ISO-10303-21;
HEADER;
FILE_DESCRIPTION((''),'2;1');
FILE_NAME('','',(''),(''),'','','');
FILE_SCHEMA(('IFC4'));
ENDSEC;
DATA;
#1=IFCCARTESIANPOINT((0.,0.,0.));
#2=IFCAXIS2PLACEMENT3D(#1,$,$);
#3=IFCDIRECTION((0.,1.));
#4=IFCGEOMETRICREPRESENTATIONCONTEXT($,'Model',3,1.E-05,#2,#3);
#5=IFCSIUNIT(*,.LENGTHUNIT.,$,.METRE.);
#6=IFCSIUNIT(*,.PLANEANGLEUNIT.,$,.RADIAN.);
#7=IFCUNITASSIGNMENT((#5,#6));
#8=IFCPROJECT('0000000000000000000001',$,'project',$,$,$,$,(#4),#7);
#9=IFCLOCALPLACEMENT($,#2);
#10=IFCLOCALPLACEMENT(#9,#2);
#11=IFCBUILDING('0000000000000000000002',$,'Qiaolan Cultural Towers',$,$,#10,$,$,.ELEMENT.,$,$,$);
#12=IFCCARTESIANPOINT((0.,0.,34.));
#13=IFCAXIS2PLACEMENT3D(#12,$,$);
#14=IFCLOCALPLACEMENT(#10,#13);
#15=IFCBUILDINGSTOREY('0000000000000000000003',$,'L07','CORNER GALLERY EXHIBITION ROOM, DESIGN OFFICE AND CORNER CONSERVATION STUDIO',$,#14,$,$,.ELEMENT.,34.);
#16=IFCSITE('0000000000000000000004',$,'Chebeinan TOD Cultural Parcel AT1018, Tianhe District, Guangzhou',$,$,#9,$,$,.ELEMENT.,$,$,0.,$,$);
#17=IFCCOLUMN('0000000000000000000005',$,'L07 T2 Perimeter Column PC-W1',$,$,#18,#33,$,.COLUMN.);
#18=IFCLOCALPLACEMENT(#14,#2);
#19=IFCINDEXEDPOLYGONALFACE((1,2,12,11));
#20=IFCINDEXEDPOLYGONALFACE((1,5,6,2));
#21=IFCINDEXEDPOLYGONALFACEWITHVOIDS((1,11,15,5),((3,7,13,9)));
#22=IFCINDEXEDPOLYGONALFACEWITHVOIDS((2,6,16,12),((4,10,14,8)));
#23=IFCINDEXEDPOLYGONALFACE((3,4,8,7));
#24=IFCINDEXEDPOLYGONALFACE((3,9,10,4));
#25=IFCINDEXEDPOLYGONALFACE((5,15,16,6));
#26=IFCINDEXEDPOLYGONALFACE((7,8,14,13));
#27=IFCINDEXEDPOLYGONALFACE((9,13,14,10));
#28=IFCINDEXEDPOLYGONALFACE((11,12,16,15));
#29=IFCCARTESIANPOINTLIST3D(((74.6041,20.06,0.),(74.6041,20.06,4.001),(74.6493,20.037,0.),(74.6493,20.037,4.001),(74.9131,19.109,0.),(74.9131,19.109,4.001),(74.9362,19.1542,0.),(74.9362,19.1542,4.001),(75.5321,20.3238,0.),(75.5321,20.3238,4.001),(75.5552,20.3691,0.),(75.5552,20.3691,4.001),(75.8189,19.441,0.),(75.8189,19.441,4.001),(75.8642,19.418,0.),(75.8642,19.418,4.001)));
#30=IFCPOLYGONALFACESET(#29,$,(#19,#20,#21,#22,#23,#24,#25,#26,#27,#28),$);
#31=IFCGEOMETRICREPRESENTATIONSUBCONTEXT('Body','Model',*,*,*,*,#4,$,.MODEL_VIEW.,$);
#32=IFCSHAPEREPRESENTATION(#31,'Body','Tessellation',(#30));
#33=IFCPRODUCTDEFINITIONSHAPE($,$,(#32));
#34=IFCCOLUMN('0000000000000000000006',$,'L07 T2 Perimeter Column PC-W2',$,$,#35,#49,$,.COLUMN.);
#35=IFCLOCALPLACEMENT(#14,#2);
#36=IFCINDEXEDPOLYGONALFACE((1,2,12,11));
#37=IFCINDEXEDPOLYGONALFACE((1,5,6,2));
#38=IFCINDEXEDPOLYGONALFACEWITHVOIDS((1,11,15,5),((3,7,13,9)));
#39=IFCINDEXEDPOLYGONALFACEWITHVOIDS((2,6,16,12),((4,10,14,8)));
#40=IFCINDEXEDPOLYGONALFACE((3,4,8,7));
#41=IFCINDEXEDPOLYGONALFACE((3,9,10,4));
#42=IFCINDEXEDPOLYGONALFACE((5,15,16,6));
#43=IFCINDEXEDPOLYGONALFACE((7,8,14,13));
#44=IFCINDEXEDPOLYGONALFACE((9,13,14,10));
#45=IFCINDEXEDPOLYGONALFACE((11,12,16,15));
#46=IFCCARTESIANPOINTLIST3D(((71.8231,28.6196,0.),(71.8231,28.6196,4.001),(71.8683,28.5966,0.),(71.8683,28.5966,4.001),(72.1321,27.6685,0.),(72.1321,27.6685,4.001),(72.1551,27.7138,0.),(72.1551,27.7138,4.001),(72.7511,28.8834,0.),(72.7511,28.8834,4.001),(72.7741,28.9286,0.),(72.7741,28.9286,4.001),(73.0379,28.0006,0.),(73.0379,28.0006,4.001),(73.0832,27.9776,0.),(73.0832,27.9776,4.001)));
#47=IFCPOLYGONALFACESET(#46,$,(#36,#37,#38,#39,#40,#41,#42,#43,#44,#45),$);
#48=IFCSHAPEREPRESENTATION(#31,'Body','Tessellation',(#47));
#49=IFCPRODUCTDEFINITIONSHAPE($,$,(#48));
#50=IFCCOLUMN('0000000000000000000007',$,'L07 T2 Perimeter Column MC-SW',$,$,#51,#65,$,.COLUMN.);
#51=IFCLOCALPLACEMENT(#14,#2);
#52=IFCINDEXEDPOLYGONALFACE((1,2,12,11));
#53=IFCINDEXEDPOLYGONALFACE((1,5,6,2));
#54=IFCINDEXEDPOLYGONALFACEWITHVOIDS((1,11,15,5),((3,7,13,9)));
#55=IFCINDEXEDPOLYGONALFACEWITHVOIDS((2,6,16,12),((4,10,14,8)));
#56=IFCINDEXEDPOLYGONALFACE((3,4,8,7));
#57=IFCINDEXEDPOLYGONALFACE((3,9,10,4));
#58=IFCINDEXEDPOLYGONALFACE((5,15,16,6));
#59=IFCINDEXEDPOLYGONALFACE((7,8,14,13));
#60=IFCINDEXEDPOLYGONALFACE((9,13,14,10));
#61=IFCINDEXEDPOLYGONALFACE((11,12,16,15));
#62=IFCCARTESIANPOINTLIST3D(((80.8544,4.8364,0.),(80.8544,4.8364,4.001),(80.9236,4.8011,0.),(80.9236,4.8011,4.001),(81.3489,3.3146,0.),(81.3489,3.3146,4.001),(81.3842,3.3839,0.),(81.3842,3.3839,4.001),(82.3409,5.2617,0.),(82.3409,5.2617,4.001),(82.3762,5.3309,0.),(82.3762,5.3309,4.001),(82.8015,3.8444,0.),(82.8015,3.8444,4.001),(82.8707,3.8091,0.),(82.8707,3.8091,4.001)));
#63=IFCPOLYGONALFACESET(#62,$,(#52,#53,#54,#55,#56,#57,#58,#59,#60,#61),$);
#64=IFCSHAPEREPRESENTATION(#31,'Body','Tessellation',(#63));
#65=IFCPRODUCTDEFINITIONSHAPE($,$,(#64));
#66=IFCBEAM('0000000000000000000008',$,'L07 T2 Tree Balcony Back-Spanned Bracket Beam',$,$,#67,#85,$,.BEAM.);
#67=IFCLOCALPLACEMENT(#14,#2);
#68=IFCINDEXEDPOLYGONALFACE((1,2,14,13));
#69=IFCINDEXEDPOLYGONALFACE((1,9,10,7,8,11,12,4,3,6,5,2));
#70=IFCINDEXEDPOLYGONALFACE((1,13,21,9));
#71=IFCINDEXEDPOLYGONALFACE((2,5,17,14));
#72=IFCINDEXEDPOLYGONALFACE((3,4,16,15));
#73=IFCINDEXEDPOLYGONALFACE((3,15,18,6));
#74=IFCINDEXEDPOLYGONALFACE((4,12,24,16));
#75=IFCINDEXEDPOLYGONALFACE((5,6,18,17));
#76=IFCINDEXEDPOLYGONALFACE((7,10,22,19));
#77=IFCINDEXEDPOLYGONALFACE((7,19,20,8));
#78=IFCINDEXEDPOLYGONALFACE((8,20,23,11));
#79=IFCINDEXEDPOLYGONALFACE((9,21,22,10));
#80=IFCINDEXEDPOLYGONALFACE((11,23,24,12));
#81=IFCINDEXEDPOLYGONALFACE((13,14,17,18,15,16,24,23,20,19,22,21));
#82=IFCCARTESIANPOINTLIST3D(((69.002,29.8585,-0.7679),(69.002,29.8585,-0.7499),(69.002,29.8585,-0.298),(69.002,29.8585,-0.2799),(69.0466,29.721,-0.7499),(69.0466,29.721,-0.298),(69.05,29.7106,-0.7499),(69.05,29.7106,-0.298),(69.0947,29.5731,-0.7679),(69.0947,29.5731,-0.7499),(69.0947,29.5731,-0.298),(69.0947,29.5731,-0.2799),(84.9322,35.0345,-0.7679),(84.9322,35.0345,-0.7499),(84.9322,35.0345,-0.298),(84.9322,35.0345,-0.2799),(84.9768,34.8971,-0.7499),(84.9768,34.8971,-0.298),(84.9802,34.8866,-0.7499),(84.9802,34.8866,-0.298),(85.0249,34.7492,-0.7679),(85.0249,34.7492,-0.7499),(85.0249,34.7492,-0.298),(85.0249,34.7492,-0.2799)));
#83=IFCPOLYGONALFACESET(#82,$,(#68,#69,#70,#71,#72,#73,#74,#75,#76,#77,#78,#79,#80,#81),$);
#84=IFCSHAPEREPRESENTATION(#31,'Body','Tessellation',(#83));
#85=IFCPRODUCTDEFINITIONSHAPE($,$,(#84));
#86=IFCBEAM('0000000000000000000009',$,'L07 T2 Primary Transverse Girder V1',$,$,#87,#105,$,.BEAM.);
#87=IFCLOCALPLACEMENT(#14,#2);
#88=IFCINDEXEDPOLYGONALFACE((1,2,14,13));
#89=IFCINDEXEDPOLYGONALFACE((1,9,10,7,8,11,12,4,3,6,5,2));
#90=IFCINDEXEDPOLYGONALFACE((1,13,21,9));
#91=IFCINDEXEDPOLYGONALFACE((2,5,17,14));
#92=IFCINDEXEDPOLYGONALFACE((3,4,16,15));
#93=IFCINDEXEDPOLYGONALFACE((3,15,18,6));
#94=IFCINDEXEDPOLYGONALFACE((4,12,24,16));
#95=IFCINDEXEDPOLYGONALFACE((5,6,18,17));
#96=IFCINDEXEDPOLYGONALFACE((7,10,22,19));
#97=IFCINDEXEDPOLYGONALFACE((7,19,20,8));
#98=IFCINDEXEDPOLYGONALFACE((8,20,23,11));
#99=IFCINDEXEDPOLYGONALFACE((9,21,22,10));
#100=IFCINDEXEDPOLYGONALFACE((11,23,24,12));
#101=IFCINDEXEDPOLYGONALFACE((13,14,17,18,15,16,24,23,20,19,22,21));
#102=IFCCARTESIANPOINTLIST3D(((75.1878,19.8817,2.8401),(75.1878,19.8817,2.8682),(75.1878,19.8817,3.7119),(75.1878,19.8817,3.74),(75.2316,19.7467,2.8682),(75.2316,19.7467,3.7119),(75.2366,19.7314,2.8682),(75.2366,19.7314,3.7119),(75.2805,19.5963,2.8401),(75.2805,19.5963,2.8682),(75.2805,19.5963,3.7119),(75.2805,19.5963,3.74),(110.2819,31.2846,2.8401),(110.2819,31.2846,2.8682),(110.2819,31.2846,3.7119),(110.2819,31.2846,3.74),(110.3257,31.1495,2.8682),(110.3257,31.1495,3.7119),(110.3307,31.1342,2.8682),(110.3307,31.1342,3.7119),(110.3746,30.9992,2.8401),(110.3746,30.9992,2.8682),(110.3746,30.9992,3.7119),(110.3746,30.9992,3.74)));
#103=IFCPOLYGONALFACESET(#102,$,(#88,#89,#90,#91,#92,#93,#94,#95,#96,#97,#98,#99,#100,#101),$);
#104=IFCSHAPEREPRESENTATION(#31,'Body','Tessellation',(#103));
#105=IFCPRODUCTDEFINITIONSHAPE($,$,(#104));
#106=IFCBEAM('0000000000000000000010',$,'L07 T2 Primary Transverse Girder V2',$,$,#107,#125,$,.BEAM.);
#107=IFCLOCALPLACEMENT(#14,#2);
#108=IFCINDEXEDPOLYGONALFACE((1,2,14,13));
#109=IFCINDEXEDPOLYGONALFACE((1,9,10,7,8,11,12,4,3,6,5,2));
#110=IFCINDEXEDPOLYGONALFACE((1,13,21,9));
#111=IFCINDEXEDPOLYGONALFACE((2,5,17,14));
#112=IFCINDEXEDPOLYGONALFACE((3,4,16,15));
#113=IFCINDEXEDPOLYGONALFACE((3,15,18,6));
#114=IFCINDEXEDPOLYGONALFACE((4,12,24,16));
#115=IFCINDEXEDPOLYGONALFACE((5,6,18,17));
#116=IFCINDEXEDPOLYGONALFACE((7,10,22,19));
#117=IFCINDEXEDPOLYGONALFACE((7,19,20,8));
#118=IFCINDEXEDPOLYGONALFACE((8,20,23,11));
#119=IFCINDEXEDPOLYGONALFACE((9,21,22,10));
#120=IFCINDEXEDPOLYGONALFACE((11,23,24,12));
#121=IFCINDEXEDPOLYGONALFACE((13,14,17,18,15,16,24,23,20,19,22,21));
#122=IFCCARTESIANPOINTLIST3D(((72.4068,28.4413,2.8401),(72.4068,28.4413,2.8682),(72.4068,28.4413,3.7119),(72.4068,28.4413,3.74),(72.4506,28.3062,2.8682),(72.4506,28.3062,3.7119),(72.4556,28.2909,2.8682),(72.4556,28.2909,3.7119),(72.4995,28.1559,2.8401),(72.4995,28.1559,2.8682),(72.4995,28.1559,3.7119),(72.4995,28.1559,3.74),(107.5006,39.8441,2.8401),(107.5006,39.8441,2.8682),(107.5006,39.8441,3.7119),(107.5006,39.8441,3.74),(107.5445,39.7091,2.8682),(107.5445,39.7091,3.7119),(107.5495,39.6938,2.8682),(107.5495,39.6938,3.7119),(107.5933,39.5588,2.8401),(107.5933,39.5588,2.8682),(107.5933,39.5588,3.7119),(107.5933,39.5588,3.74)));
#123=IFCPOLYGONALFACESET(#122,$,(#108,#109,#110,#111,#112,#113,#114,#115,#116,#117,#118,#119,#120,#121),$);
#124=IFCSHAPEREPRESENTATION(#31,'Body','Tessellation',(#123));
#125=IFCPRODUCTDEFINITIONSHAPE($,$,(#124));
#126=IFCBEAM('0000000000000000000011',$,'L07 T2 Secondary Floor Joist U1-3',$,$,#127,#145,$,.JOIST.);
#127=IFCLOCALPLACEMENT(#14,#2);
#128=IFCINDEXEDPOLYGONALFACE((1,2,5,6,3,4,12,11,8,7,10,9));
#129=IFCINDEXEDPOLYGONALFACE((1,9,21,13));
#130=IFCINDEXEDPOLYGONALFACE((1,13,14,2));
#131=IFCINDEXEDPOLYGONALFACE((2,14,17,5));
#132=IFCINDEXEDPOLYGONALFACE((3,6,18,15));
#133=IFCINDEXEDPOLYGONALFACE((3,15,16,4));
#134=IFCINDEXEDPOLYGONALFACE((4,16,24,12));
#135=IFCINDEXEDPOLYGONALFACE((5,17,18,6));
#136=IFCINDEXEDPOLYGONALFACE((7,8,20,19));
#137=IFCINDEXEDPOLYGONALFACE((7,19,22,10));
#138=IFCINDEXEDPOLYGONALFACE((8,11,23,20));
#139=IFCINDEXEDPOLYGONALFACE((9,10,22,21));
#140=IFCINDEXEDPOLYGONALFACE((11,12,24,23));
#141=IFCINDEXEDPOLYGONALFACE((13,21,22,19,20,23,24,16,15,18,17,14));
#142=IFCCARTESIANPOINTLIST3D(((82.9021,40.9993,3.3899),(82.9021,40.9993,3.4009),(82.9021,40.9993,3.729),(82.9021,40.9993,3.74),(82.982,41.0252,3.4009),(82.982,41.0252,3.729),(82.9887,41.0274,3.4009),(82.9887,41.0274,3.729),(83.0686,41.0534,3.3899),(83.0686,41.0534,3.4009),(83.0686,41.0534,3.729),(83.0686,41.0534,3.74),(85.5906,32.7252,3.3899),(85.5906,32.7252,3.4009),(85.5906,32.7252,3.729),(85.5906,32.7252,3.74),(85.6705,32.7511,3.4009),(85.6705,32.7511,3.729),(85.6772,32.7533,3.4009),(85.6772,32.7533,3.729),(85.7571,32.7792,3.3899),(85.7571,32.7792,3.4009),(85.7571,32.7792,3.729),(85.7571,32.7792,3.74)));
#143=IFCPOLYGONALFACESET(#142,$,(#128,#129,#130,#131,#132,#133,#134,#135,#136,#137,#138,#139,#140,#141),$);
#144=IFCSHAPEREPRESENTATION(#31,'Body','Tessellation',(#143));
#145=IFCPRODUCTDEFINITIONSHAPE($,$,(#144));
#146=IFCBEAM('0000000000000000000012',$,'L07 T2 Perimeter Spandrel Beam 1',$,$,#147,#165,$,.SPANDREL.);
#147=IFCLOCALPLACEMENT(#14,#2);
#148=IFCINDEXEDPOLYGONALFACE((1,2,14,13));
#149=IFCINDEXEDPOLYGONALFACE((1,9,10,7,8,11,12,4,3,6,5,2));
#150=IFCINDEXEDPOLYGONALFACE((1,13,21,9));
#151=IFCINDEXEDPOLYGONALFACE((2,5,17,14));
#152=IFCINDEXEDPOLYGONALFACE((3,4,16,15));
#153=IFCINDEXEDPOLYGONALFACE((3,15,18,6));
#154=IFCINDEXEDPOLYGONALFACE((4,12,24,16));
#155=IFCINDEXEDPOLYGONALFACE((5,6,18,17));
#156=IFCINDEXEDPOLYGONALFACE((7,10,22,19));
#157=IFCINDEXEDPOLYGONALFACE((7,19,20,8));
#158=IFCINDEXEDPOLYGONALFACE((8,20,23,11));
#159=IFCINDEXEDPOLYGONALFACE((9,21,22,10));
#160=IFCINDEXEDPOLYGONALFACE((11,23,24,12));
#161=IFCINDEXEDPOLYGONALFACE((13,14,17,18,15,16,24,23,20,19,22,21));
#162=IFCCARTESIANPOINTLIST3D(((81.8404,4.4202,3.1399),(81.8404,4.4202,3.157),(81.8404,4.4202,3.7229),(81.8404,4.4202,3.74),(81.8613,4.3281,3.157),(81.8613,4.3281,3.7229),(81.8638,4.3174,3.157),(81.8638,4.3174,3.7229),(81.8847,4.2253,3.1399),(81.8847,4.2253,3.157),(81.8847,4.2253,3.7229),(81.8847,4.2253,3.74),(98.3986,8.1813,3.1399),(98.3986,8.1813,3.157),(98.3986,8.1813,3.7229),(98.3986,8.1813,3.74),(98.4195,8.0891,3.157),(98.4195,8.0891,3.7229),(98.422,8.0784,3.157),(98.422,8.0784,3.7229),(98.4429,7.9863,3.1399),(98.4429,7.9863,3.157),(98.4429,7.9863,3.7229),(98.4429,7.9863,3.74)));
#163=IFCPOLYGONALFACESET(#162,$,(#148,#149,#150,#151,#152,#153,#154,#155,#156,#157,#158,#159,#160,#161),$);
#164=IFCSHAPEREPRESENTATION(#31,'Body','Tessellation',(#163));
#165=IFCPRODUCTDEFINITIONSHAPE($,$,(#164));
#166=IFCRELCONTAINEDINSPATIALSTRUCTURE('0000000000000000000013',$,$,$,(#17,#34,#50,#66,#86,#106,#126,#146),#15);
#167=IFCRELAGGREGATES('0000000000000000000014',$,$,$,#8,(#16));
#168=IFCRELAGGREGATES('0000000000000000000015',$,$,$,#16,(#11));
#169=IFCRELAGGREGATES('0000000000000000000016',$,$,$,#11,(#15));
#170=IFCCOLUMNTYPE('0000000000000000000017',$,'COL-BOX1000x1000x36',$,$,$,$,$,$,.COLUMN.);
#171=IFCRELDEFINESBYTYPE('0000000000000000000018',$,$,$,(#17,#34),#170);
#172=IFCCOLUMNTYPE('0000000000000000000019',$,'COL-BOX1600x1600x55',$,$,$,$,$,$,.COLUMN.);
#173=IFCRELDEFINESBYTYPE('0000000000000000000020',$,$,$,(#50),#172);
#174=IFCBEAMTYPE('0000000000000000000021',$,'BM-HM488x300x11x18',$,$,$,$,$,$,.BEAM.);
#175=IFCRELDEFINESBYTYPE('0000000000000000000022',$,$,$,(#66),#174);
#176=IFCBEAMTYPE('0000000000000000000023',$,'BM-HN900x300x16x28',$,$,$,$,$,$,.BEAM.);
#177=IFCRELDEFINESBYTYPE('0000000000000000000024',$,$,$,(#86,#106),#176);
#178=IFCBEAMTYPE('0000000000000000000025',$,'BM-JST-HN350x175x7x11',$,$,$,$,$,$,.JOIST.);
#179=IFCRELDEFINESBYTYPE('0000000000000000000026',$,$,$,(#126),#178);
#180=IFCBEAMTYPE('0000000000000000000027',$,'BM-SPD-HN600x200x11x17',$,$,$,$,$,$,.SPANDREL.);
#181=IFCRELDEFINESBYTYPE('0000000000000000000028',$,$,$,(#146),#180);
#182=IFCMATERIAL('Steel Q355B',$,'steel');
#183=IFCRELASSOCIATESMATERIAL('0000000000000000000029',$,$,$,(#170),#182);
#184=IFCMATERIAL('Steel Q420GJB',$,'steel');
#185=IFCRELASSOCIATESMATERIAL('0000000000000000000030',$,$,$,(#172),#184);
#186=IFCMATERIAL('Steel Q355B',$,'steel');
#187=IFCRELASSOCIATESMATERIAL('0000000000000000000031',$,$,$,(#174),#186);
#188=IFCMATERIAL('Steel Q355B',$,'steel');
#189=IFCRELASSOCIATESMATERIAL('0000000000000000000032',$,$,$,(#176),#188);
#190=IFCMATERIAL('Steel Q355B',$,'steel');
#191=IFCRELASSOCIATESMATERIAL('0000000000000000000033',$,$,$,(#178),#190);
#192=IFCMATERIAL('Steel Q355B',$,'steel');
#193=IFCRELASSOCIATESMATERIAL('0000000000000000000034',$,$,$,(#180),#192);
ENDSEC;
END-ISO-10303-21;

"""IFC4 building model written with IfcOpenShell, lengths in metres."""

from ifc_helpers import new_model, si_unit, direction, frame, origin, origin_2d, place, context, subcontext, project, spatial, hollow_rectangle, i_section, extrude, material, material_profile, profile_set, type_object, element, save


model = new_model("IFC4")

# Units and contexts
model_context = context("Model", 3, precision=1e-05, world=origin(), true_north=direction((0.0, 1.0)))
body_context = subcontext(model_context, "Body", "Model", "MODEL_VIEW")
ifc_project = project(units=[si_unit("LENGTHUNIT", "METRE"), si_unit("PLANEANGLEUNIT", "RADIAN")], contexts=[model_context])

# Site, building, storey
site_placement = place(None, origin())
site = spatial("IfcSite", under=ifc_project, at=site_placement, Name="Chebeinan TOD Cultural Parcel AT1018, Tianhe District, Guangzhou", CompositionType="ELEMENT", RefElevation=0.0)
building_placement = place(site_placement, origin())
building = spatial("IfcBuilding", under=site, at=building_placement, Name="Qiaolan Cultural Towers", CompositionType="ELEMENT")
storey_placement = place(building_placement, frame((0.0, 0.0, 34.0)))
storey = spatial("IfcBuildingStorey", under=building, at=storey_placement, Name="L07", Description="CORNER GALLERY EXHIBITION ROOM, DESIGN OFFICE AND CORNER CONSERVATION STUDIO", CompositionType="ELEMENT", Elevation=34.0)

# Columns
ifc_material_1 = material(Name="Steel Q355B", Category="steel")
ifc_material_profile_1 = material_profile(ifc_material_1, hollow_rectangle(XDim=1.0, YDim=1.0, WallThickness=0.0359, at=origin_2d()), Name="BOX1000x1000x36")
ifc_profile_set_1 = profile_set([ifc_material_profile_1], Name="Steel Q355B")
column_type_1 = type_object("IfcColumnType", Name="COL-BOX1000x1000x36", PredefinedType="COLUMN", material=ifc_profile_set_1)
for number, where, z_axis, x_axis, name in (
    (1, (75.2341, 19.739, 0.0), (0.0, 0.0, 1.0), (0.951057, 0.309017, 0.0), "L07 T2 Perimeter Column PC-W1"),
    (2, (72.4531, 28.2986, 0.0), (0.0, 0.0, 1.0), (0.951057, 0.309017, 0.0), "L07 T2 Perimeter Column PC-W2"),
):
    element("IfcColumn", number, at=place(storey_placement, frame(where, z_axis=z_axis, x_axis=x_axis)), inside=storey, type_object=column_type_1, Name=name, PredefinedType="COLUMN", context=body_context, shape_type="SweptSolid", body=[
        extrude(hollow_rectangle(XDim=1.0, YDim=1.0, WallThickness=0.0359, at=origin_2d()), origin(), (0.0, 0.0, 1.0), 4.001),
    ])
ifc_material_2 = material(Name="Steel Q420GJB", Category="steel")
ifc_material_profile_2 = material_profile(ifc_material_2, hollow_rectangle(XDim=1.6001, YDim=1.6001, WallThickness=0.0549, at=origin_2d()), Name="BOX1600x1600x55")
ifc_profile_set_2 = profile_set([ifc_material_profile_2], Name="Steel Q420GJB")
column_type_2 = type_object("IfcColumnType", Name="COL-BOX1600x1600x55", PredefinedType="COLUMN", material=ifc_profile_set_2)
column_placement = place(storey_placement, frame((81.8625, 4.3228, 0.0), z_axis=(0.0, 0.0, 1.0), x_axis=(0.951057, 0.309017, 0.0)))
element("IfcColumn", 3, at=column_placement, inside=storey, type_object=column_type_2, Name="L07 T2 Perimeter Column MC-SW", PredefinedType="COLUMN", context=body_context, shape_type="SweptSolid", body=[
    extrude(hollow_rectangle(XDim=1.6001, YDim=1.6001, WallThickness=0.0549, at=origin_2d()), origin(), (0.0, 0.0, 1.0), 4.001),
])

# Beams
ifc_material_3 = material(Name="Steel Q355B", Category="steel")
ifc_material_profile_3 = material_profile(ifc_material_3, i_section(OverallWidth=0.3, OverallDepth=0.488, WebThickness=0.011, FlangeThickness=0.0181, at=origin_2d()), Name="HM488x300x11x18")
ifc_profile_set_3 = profile_set([ifc_material_profile_3], Name="Steel Q355B")
beam_type_1 = type_object("IfcBeamType", Name="BM-HM488x300x11x18", PredefinedType="BEAM", material=ifc_profile_set_3)
beam_1_placement = place(storey_placement, frame((84.9785, 34.8918, -0.5239), z_axis=(-0.951057, -0.309017, 0.0), x_axis=(0.309017, -0.951057, 0.0)))
element("IfcBeam", 4, at=beam_1_placement, inside=storey, type_object=beam_type_1, Name="L07 T2 Tree Balcony Back-Spanned Bracket Beam", PredefinedType="BEAM", context=body_context, shape_type="SweptSolid", body=[
    extrude(i_section(OverallWidth=0.3, OverallDepth=0.488, WebThickness=0.011, FlangeThickness=0.0181, at=origin_2d()), origin(), (0.0, 0.0, 1.0), 16.75),
])
ifc_material_4 = material(Name="Steel Q355B", Category="steel")
ifc_material_profile_4 = material_profile(ifc_material_4, i_section(OverallWidth=0.3, OverallDepth=0.8999, WebThickness=0.0161, FlangeThickness=0.0281, at=origin_2d()), Name="HN900x300x16x28")
ifc_profile_set_4 = profile_set([ifc_material_profile_4], Name="Steel Q355B")
beam_type_2 = type_object("IfcBeamType", Name="BM-HN900x300x16x28", PredefinedType="BEAM", material=ifc_profile_set_4)
beam_2_placement = place(storey_placement, frame((75.2341, 19.739, 3.29), z_axis=(0.951056, 0.309019, 0.0), x_axis=(-0.309019, 0.951056, 0.0)))
element("IfcBeam", 5, at=beam_2_placement, inside=storey, type_object=beam_type_2, Name="L07 T2 Primary Transverse Girder V1", PredefinedType="BEAM", context=body_context, shape_type="SweptSolid", body=[
    extrude(i_section(OverallWidth=0.3, OverallDepth=0.8999, WebThickness=0.0161, FlangeThickness=0.0281, at=origin_2d()), origin(), (0.0, 0.0, 1.0), 36.9001),
])
beam_3_placement = place(storey_placement, frame((72.4531, 28.2986, 3.29), z_axis=(0.951055, 0.309021, 0.0), x_axis=(-0.309021, 0.951055, 0.0)))
element("IfcBeam", 6, at=beam_3_placement, inside=storey, type_object=beam_type_2, Name="L07 T2 Primary Transverse Girder V2", PredefinedType="BEAM", context=body_context, shape_type="SweptSolid", body=[
    extrude(i_section(OverallWidth=0.3, OverallDepth=0.8999, WebThickness=0.0161, FlangeThickness=0.0281, at=origin_2d()), origin(), (0.0, 0.0, 1.0), 36.8999),
])
ifc_material_5 = material(Name="Steel Q355B", Category="steel")
ifc_material_profile_5 = material_profile(ifc_material_5, i_section(OverallWidth=0.175, OverallDepth=0.3501, WebThickness=0.0071, FlangeThickness=0.011, at=origin_2d()), Name="HN350x175x7x11")
ifc_profile_set_5 = profile_set([ifc_material_profile_5], Name="Steel Q355B")
beam_type_3 = type_object("IfcBeamType", Name="BM-JST-HN350x175x7x11", PredefinedType="JOIST", material=ifc_profile_set_5)
beam_4_placement = place(storey_placement, frame((85.6738, 32.7522, 3.5649), z_axis=(-0.309021, 0.951055, 0.0), x_axis=(-0.951055, -0.309021, 0.0)))
element("IfcBeam", 7, at=beam_4_placement, inside=storey, type_object=beam_type_3, Name="L07 T2 Secondary Floor Joist U1-3", PredefinedType="JOIST", context=body_context, shape_type="SweptSolid", body=[
    extrude(i_section(OverallWidth=0.175, OverallDepth=0.3501, WebThickness=0.0071, FlangeThickness=0.011, at=origin_2d()), origin(), (0.0, 0.0, 1.0), 8.7),
])
ifc_material_6 = material(Name="Steel Q355B", Category="steel")
ifc_material_profile_6 = material_profile(ifc_material_6, i_section(OverallWidth=0.2, OverallDepth=0.6001, WebThickness=0.011, FlangeThickness=0.0171, at=origin_2d()), Name="HN600x200x11x17")
ifc_profile_set_6 = profile_set([ifc_material_profile_6], Name="Steel Q355B")
beam_type_4 = type_object("IfcBeamType", Name="BM-SPD-HN600x200x11x17", PredefinedType="SPANDREL", material=ifc_profile_set_6)
beam_5_placement = place(storey_placement, frame((81.8625, 4.3228, 3.4399), z_axis=(0.975161, 0.221497, 0.0), x_axis=(-0.221497, 0.975161, 0.0)))
element("IfcBeam", 8, at=beam_5_placement, inside=storey, type_object=beam_type_4, Name="L07 T2 Perimeter Spandrel Beam 1", PredefinedType="SPANDREL", context=body_context, shape_type="SweptSolid", body=[
    extrude(i_section(OverallWidth=0.2, OverallDepth=0.6001, WebThickness=0.011, FlangeThickness=0.0171, at=origin_2d()), origin(), (0.0, 0.0, 1.0), 16.98),
])

save(model, "model.ifc")
